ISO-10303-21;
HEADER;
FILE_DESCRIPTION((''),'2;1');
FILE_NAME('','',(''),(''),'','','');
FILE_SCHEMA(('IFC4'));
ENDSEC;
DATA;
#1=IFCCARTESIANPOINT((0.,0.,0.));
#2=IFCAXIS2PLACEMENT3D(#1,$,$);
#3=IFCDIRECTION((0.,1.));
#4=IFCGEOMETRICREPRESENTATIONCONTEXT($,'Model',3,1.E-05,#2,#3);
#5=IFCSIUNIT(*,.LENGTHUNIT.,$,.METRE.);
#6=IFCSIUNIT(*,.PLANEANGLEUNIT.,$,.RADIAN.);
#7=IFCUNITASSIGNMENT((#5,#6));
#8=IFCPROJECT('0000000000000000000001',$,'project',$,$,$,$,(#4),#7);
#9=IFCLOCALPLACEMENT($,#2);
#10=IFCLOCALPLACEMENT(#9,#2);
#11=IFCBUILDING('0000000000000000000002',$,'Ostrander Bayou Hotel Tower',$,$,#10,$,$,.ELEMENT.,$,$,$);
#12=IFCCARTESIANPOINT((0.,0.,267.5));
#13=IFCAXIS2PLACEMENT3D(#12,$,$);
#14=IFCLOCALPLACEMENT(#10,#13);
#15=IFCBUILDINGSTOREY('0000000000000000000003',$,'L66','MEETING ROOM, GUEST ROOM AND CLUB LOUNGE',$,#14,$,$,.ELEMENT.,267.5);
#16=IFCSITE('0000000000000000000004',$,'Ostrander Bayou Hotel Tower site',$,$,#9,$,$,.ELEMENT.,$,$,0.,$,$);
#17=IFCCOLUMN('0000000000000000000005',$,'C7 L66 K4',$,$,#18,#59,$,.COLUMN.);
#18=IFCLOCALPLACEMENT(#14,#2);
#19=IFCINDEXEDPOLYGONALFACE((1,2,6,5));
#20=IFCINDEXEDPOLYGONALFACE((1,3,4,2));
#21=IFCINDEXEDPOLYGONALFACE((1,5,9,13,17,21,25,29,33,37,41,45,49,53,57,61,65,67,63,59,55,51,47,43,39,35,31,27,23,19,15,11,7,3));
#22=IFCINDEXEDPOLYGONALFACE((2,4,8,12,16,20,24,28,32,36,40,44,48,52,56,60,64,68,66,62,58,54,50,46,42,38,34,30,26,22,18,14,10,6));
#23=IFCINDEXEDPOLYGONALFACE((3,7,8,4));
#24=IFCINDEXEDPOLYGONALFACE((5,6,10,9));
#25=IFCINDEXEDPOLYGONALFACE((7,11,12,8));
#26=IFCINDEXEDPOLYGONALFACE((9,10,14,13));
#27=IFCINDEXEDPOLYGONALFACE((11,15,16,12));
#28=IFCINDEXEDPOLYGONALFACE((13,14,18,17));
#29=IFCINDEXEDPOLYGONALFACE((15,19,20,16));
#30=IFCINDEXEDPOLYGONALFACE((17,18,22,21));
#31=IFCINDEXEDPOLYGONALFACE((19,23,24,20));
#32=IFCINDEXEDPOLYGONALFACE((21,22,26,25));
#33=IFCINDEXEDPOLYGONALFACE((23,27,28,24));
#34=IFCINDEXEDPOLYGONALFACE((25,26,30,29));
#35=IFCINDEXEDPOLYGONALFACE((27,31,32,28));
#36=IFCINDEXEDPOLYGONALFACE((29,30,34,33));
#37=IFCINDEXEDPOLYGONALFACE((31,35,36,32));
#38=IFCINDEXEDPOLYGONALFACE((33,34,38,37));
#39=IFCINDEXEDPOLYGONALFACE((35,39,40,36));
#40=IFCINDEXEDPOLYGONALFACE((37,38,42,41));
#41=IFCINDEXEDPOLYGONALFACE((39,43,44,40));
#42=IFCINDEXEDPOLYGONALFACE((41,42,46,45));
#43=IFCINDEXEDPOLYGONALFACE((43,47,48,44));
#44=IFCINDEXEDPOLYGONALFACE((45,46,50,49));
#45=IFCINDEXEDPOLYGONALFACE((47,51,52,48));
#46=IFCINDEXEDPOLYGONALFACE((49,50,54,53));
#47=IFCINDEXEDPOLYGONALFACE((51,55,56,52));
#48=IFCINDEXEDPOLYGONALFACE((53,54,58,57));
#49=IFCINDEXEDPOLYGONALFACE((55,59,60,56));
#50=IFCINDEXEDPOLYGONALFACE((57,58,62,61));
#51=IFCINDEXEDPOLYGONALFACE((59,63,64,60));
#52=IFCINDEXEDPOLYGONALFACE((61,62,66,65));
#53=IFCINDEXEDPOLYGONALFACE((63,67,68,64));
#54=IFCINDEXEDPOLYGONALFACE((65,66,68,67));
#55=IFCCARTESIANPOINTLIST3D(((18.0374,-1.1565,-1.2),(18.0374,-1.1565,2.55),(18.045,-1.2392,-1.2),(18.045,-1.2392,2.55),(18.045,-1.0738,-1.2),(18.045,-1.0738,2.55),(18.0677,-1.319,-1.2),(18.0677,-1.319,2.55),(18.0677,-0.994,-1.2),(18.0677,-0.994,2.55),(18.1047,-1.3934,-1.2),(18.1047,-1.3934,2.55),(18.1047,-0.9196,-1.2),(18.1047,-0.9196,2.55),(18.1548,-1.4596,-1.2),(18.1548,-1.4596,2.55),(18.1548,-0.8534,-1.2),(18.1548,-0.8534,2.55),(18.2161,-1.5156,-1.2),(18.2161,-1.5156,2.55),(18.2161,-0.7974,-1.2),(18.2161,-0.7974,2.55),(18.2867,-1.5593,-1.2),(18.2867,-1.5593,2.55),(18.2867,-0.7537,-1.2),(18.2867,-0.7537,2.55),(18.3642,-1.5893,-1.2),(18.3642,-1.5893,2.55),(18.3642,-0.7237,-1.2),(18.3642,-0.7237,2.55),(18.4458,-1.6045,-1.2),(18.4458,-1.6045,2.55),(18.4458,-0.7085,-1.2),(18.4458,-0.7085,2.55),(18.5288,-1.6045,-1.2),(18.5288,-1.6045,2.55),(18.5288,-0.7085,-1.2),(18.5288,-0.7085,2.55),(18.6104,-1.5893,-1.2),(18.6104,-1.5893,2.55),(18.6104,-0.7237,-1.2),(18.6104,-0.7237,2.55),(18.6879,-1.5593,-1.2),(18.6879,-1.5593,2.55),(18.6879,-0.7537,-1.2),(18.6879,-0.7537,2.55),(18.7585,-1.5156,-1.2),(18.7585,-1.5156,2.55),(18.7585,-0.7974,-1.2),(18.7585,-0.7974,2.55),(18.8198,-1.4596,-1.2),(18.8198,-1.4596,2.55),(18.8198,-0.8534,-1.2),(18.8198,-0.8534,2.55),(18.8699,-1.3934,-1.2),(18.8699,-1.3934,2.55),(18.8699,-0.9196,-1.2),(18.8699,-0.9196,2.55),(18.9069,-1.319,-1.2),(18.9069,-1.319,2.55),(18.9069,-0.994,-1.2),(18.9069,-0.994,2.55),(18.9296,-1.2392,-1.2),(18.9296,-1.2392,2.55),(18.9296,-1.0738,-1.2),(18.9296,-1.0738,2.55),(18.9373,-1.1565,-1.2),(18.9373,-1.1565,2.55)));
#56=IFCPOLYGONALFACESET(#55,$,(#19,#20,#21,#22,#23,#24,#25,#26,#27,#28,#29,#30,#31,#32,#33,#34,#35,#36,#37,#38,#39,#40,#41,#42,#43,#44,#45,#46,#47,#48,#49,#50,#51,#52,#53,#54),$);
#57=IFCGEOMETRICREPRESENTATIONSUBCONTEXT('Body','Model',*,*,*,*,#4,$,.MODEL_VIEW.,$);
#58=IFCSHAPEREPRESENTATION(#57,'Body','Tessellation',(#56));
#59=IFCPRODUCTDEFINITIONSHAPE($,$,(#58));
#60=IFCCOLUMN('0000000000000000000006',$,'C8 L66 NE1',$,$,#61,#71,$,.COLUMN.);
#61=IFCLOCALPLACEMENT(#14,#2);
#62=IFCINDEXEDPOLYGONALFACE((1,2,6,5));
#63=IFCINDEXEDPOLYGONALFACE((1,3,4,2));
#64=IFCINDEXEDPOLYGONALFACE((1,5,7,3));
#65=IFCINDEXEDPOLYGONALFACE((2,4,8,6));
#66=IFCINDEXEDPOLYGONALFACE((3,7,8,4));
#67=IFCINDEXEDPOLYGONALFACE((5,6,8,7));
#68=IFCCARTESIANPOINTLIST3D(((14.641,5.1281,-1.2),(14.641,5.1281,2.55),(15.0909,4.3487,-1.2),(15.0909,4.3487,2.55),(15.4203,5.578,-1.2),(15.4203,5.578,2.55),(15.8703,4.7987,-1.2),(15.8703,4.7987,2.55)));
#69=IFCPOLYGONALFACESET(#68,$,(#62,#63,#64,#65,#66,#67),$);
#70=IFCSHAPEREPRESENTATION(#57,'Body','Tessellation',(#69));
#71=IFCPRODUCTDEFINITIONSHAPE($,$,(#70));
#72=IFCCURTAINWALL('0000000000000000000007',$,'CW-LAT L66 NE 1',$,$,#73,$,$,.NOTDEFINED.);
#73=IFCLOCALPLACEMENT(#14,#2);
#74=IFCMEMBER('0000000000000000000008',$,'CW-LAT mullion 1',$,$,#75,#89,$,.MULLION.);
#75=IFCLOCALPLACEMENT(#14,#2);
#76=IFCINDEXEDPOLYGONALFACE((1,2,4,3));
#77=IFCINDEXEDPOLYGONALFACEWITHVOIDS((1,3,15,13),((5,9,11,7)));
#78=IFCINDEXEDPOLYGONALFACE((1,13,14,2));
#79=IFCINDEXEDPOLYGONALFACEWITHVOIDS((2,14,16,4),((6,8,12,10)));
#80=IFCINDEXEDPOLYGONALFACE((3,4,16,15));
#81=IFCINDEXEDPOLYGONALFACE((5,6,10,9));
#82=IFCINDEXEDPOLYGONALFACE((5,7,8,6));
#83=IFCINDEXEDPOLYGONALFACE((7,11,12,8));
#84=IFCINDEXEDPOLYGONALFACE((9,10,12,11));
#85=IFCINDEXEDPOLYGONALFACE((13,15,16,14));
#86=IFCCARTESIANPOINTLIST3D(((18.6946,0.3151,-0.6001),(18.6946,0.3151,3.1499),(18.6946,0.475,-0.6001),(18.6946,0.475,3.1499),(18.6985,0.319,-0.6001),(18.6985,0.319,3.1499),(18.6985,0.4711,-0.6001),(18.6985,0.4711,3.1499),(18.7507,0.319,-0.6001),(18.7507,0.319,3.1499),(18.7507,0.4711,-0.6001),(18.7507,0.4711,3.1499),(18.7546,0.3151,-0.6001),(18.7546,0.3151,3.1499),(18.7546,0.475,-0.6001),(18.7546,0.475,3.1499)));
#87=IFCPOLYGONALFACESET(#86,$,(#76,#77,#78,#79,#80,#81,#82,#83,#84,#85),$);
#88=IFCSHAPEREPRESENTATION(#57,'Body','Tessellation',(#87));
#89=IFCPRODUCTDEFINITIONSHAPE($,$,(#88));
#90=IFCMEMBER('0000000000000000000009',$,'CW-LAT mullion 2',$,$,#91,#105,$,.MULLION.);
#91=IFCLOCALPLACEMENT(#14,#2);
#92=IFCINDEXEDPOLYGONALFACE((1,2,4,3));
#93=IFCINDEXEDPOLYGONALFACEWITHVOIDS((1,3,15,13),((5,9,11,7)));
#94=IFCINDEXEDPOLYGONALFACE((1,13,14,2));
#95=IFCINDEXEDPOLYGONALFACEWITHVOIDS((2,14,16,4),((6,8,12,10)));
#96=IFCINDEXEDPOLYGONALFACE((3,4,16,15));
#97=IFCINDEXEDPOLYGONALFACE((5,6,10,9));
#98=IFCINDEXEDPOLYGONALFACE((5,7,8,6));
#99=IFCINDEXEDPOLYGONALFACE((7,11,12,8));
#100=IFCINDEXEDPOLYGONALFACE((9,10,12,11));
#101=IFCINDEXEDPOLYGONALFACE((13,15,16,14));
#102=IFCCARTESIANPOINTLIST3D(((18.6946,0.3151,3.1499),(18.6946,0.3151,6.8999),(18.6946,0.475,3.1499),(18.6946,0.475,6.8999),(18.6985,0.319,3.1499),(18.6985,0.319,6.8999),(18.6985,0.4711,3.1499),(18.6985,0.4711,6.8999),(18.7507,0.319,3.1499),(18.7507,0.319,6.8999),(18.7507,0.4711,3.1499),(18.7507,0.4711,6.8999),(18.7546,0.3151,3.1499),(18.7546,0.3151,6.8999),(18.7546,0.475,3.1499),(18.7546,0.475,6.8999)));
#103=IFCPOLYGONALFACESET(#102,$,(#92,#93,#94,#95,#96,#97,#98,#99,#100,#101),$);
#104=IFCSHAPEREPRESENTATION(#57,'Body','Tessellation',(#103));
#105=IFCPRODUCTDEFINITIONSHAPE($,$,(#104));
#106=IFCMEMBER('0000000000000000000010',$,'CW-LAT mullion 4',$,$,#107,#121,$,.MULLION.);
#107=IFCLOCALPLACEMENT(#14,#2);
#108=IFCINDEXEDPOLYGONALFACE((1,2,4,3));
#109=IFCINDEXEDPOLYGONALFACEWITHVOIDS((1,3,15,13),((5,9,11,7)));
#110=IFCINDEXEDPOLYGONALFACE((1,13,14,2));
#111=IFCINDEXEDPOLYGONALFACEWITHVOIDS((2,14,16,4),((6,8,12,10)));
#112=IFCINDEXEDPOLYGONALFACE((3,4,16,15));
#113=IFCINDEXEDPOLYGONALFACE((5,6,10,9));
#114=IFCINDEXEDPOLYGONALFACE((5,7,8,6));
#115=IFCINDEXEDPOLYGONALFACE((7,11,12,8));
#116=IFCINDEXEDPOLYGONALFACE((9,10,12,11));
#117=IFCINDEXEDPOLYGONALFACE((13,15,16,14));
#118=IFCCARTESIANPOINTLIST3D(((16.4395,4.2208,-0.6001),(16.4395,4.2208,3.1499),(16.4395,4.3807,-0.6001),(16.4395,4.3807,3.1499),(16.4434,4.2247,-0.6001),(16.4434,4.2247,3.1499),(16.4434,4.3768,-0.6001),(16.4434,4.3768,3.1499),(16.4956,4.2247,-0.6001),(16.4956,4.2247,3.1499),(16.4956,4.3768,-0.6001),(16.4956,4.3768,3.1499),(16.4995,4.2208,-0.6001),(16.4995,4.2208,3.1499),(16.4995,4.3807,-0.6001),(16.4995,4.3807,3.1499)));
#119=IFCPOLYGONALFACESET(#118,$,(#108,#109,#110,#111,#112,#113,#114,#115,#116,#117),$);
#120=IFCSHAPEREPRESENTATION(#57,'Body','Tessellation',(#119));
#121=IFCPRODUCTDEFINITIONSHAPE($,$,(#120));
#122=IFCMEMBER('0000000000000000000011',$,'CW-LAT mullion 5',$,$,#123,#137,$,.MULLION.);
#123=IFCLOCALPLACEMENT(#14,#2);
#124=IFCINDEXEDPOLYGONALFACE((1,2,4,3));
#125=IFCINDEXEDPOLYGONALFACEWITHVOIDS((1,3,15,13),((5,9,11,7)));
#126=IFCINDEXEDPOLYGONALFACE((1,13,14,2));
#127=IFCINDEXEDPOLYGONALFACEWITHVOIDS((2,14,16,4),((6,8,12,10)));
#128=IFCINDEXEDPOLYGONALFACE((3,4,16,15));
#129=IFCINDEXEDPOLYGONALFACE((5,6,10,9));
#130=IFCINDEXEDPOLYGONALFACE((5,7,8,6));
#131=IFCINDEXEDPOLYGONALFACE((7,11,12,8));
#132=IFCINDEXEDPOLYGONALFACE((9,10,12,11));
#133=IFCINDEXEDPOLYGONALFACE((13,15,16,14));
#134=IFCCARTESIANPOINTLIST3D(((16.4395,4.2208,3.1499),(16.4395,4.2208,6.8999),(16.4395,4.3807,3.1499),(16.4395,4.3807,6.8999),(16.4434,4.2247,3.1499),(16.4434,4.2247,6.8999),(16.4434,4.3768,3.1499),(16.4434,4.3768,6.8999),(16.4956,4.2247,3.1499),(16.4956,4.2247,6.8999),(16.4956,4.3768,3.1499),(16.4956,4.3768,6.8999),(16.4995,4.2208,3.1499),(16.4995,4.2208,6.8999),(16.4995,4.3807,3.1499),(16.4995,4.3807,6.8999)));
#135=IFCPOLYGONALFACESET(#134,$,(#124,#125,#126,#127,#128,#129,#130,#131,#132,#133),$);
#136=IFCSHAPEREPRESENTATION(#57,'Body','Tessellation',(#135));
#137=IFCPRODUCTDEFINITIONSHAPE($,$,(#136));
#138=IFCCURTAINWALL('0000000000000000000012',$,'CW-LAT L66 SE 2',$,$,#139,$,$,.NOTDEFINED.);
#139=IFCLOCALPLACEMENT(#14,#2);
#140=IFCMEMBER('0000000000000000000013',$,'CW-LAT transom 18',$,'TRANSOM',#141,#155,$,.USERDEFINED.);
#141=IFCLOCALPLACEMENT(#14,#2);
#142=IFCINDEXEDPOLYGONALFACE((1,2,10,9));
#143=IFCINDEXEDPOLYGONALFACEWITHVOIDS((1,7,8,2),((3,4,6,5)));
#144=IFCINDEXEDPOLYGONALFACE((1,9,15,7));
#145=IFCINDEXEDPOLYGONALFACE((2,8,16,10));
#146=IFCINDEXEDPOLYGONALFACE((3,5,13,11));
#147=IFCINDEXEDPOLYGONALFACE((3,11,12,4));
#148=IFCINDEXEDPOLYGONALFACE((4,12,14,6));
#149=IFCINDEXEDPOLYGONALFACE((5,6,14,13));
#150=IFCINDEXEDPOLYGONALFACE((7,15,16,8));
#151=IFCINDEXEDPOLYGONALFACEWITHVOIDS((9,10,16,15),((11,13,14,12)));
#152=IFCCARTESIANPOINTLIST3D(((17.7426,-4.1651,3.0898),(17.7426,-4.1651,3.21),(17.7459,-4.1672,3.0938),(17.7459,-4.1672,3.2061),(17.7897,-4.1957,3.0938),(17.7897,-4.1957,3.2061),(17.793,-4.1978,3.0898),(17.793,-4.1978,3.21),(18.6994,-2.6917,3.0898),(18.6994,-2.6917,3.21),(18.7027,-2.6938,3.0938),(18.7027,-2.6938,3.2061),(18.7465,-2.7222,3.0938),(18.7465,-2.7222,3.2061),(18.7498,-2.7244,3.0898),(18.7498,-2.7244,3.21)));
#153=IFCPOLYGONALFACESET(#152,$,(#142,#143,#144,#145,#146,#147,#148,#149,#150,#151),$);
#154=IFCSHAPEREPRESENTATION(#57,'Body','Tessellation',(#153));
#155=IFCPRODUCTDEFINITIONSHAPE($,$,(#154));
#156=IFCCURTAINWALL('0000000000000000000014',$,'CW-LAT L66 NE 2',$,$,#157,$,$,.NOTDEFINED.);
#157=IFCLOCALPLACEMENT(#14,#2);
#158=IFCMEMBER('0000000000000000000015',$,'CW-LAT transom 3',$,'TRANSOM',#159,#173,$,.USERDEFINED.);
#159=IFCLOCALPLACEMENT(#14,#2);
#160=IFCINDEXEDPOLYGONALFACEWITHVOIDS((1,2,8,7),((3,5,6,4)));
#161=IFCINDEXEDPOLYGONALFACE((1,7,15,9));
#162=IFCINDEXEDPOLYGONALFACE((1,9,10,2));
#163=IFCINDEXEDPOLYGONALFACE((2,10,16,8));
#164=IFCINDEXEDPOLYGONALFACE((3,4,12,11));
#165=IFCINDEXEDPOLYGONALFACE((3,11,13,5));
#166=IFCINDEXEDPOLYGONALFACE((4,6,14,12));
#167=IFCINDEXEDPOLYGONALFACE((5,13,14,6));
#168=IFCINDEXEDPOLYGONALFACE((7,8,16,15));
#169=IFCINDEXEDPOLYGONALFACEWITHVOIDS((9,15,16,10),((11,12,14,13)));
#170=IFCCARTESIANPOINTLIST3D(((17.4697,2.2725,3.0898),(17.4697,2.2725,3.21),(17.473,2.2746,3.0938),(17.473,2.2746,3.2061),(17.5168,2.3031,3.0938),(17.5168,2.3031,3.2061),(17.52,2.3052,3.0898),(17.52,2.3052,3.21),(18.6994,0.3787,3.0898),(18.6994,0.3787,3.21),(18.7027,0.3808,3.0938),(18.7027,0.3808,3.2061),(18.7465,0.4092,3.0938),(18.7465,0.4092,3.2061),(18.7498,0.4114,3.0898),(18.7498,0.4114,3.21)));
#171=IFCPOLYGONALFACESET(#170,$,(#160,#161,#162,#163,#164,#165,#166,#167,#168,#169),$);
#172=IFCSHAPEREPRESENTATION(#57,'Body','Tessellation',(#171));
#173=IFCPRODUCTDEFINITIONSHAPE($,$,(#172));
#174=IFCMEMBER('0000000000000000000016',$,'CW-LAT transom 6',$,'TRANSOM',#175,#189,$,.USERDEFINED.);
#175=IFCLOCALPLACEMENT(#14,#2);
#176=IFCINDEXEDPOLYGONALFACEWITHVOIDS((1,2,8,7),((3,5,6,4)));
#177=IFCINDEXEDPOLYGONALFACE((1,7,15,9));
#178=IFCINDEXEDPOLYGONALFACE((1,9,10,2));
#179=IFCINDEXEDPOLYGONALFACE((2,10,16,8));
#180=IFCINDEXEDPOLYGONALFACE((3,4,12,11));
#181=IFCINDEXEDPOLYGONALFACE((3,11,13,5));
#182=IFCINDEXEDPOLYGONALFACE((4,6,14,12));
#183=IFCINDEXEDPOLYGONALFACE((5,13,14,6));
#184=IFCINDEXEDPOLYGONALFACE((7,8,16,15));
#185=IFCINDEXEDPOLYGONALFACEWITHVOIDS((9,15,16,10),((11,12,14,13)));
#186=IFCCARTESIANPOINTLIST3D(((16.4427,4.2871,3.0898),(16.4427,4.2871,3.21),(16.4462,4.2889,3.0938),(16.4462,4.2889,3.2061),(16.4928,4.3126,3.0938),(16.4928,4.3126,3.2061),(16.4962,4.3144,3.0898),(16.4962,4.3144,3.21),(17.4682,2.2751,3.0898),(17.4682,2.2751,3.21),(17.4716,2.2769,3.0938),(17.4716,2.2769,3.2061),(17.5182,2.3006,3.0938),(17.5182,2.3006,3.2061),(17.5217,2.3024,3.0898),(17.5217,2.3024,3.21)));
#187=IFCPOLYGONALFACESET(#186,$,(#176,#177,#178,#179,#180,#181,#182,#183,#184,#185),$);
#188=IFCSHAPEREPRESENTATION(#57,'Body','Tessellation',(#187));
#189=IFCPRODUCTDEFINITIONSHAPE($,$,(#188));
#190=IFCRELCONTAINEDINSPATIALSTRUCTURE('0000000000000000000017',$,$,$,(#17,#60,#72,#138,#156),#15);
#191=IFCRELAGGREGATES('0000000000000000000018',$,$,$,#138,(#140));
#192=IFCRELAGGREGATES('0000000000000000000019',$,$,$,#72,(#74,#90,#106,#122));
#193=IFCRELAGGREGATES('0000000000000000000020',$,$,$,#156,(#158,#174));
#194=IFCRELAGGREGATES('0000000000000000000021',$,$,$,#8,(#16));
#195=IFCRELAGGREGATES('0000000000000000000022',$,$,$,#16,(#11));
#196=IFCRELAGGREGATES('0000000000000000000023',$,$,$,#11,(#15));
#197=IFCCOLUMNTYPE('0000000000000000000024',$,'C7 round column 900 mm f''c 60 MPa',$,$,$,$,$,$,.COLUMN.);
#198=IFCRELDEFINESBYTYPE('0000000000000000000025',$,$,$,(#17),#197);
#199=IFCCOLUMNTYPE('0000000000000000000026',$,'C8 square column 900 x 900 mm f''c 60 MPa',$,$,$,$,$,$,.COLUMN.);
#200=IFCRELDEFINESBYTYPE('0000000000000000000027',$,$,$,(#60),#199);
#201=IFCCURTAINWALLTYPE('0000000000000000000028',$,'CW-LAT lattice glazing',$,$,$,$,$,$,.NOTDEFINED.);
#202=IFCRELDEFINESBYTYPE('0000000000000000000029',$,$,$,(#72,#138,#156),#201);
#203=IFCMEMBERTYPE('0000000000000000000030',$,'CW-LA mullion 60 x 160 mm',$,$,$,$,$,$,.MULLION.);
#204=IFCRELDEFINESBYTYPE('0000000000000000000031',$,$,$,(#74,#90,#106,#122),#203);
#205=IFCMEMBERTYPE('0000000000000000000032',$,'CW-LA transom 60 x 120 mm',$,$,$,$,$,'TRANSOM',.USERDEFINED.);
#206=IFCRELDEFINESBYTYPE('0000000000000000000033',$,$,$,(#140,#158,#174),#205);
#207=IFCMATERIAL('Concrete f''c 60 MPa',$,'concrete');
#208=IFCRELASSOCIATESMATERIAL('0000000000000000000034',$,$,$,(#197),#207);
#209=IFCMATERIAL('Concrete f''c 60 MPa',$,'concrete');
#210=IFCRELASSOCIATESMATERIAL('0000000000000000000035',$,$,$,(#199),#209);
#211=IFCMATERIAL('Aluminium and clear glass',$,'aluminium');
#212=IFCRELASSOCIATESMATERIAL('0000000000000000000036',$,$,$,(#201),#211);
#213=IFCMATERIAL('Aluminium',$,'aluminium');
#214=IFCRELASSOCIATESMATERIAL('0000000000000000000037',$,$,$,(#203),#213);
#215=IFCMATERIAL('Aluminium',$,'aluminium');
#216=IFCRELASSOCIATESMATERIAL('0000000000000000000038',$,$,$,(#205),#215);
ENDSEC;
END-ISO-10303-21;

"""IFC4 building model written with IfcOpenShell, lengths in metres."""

from ifc_helpers import new_model, si_unit, direction, frame, origin, origin_2d, place, context, subcontext, project, spatial, rectangle, hollow_rectangle, circle, extrude, material, material_profile, profile_set, type_object, element, aggregate, save


model = new_model("IFC4")

# Units and contexts
model_context = context("Model", 3, precision=1e-05, world=origin(), true_north=direction((0.0, 1.0)))
body_context = subcontext(model_context, "Body", "Model", "MODEL_VIEW")
ifc_project = project(units=[si_unit("LENGTHUNIT", "METRE"), si_unit("PLANEANGLEUNIT", "RADIAN")], contexts=[model_context])

# Site, building, storey
site_placement = place(None, origin())
site = spatial("IfcSite", under=ifc_project, at=site_placement, Name="Ostrander Bayou Hotel Tower site", CompositionType="ELEMENT", RefElevation=0.0)
building_placement = place(site_placement, origin())
building = spatial("IfcBuilding", under=site, at=building_placement, Name="Ostrander Bayou Hotel Tower", CompositionType="ELEMENT")
storey_placement = place(building_placement, frame((0.0, 0.0, 267.5)))
storey = spatial("IfcBuildingStorey", under=building, at=storey_placement, Name="L66", Description="MEETING ROOM, GUEST ROOM AND CLUB LOUNGE", CompositionType="ELEMENT", Elevation=267.5)

# Columns
ifc_material_1 = material(Name="Concrete f'c 60 MPa", Category="concrete")
ifc_material_profile_1 = material_profile(ifc_material_1, circle(Radius=0.45, at=origin_2d()))
ifc_profile_set_1 = profile_set([ifc_material_profile_1], Name="Concrete f'c 60 MPa")
column_type_1 = type_object("IfcColumnType", Name="C7 round column 900 mm f'c 60 MPa", PredefinedType="COLUMN", material=ifc_profile_set_1)
column_1_placement = place(storey_placement, frame((18.4873, -1.1565, -1.2), z_axis=(0.0, 0.0, 1.0), x_axis=(1.0, 0.0, 0.0)))
element("IfcColumn", 1, at=column_1_placement, inside=storey, type_object=column_type_1, Name="C7 L66 K4", PredefinedType="COLUMN", context=body_context, shape_type="SweptSolid", body=[
    extrude(circle(Radius=0.45, at=origin_2d()), origin(), (0.0, 0.0, 1.0), 3.75),
])
ifc_material_2 = material(Name="Concrete f'c 60 MPa", Category="concrete")
ifc_material_profile_2 = material_profile(ifc_material_2, rectangle(XDim=0.8999, YDim=0.8999, at=origin_2d()))
ifc_profile_set_2 = profile_set([ifc_material_profile_2], Name="Concrete f'c 60 MPa")
column_type_2 = type_object("IfcColumnType", Name="C8 square column 900 x 900 mm f'c 60 MPa", PredefinedType="COLUMN", material=ifc_profile_set_2)
column_2_placement = place(storey_placement, frame((15.2556, 4.9634, -1.2), z_axis=(0.0, 0.0, 1.0), x_axis=(0.5, -0.866025, 0.0)))
element("IfcColumn", 2, at=column_2_placement, inside=storey, type_object=column_type_2, Name="C8 L66 NE1", PredefinedType="COLUMN", context=body_context, shape_type="SweptSolid", body=[
    extrude(rectangle(XDim=0.8999, YDim=0.8999, at=origin_2d()), origin(), (0.0, 0.0, 1.0), 3.75),
])

# Curtain wall, members
ifc_material_3 = material(Name="Aluminium and clear glass", Category="aluminium")
curtain_wall_type = type_object("IfcCurtainWallType", Name="CW-LAT lattice glazing", PredefinedType="NOTDEFINED", material=ifc_material_3)
curtain_wall_1_placement = place(storey_placement, origin())
curtain_wall_1 = element("IfcCurtainWall", 3, at=curtain_wall_1_placement, inside=storey, type_object=curtain_wall_type, Name="CW-LAT L66 NE 1", PredefinedType="NOTDEFINED")
ifc_material_4 = material(Name="Aluminium", Category="aluminium")
ifc_material_profile_3 = material_profile(ifc_material_4, hollow_rectangle(XDim=0.0601, YDim=0.1599, WallThickness=0.0039, at=origin_2d()))
ifc_profile_set_3 = profile_set([ifc_material_profile_3], Name="Aluminium")
member_type_1 = type_object("IfcMemberType", Name="CW-LA mullion 60 x 160 mm", PredefinedType="MULLION", material=ifc_profile_set_3)
member_1_placement = place(storey_placement, frame((18.7246, 0.395, -0.6001), z_axis=(0.0, 0.0, 1.0), x_axis=(1.0, 0.0, 0.0)))
member_1 = element("IfcMember", 4, at=member_1_placement, type_object=member_type_1, Name="CW-LAT mullion 1", PredefinedType="MULLION", context=body_context, shape_type="SweptSolid", body=[
    extrude(hollow_rectangle(XDim=0.0601, YDim=0.1599, WallThickness=0.0039, at=origin_2d()), origin(), (0.0, 0.0, 1.0), 3.75),
])
member_2_placement = place(storey_placement, frame((18.7246, 0.395, 3.1499), z_axis=(0.0, 0.0, 1.0), x_axis=(1.0, 0.0, 0.0)))
member_2 = element("IfcMember", 5, at=member_2_placement, type_object=member_type_1, Name="CW-LAT mullion 2", PredefinedType="MULLION", context=body_context, shape_type="SweptSolid", body=[
    extrude(hollow_rectangle(XDim=0.0601, YDim=0.1599, WallThickness=0.0039, at=origin_2d()), origin(), (0.0, 0.0, 1.0), 3.75),
])
member_3_placement = place(storey_placement, frame((16.4695, 4.3008, -0.6001), z_axis=(0.0, 0.0, 1.0), x_axis=(1.0, 0.0, 0.0)))
member_3 = element("IfcMember", 6, at=member_3_placement, type_object=member_type_1, Name="CW-LAT mullion 4", PredefinedType="MULLION", context=body_context, shape_type="SweptSolid", body=[
    extrude(hollow_rectangle(XDim=0.0601, YDim=0.1599, WallThickness=0.0039, at=origin_2d()), origin(), (0.0, 0.0, 1.0), 3.75),
])
member_4_placement = place(storey_placement, frame((16.4695, 4.3008, 3.1499), z_axis=(0.0, 0.0, 1.0), x_axis=(1.0, 0.0, 0.0)))
member_4 = element("IfcMember", 7, at=member_4_placement, type_object=member_type_1, Name="CW-LAT mullion 5", PredefinedType="MULLION", context=body_context, shape_type="SweptSolid", body=[
    extrude(hollow_rectangle(XDim=0.0601, YDim=0.1599, WallThickness=0.0039, at=origin_2d()), origin(), (0.0, 0.0, 1.0), 3.75),
])

# Curtain wall, member
curtain_wall_2_placement = place(storey_placement, origin())
curtain_wall_2 = element("IfcCurtainWall", 8, at=curtain_wall_2_placement, inside=storey, type_object=curtain_wall_type, Name="CW-LAT L66 SE 2", PredefinedType="NOTDEFINED")
ifc_material_5 = material(Name="Aluminium", Category="aluminium")
ifc_material_profile_4 = material_profile(ifc_material_5, hollow_rectangle(XDim=0.0601, YDim=0.1201, WallThickness=0.0039, at=origin_2d()))
ifc_profile_set_4 = profile_set([ifc_material_profile_4], Name="Aluminium")
member_type_2 = type_object("IfcMemberType", Name="CW-LA transom 60 x 120 mm", ElementType="TRANSOM", PredefinedType="USERDEFINED", material=ifc_profile_set_4)
member_5_placement = place(storey_placement, frame((18.7246, -2.708, 3.1499), z_axis=(-0.544622, -0.838682, 0.0), x_axis=(0.838682, -0.544622, 0.0)))
member_5 = element("IfcMember", 9, at=member_5_placement, type_object=member_type_2, Name="CW-LAT transom 18", ObjectType="TRANSOM", PredefinedType="USERDEFINED", context=body_context, shape_type="SweptSolid", body=[
    extrude(hollow_rectangle(XDim=0.0601, YDim=0.1201, WallThickness=0.0039, at=origin_2d()), origin(), (0.0, 0.0, 1.0), 1.7568),
])
aggregate(curtain_wall_2, [member_5])

# Curtain wall, members
curtain_wall_3_placement = place(storey_placement, origin())
curtain_wall_3 = element("IfcCurtainWall", 10, at=curtain_wall_3_placement, inside=storey, type_object=curtain_wall_type, Name="CW-LAT L66 NE 2", PredefinedType="NOTDEFINED")
member_6_placement = place(storey_placement, frame((18.7246, 0.395, 3.1499), z_axis=(-0.544604, 0.838693, 0.0), x_axis=(-0.838693, -0.544604, 0.0)))
member_6 = element("IfcMember", 11, at=member_6_placement, type_object=member_type_2, Name="CW-LAT transom 3", ObjectType="TRANSOM", PredefinedType="USERDEFINED", context=body_context, shape_type="SweptSolid", body=[
    extrude(hollow_rectangle(XDim=0.0601, YDim=0.1201, WallThickness=0.0039, at=origin_2d()), origin(), (0.0, 0.0, 1.0), 2.2581),
])
member_7_placement = place(storey_placement, frame((16.4695, 4.3008, 3.1499), z_axis=(0.454076, -0.890963, 0.0), x_axis=(0.890963, 0.454076, 0.0)))
member_7 = element("IfcMember", 12, at=member_7_placement, type_object=member_type_2, Name="CW-LAT transom 6", ObjectType="TRANSOM", PredefinedType="USERDEFINED", context=body_context, shape_type="SweptSolid", body=[
    extrude(hollow_rectangle(XDim=0.0601, YDim=0.1201, WallThickness=0.0039, at=origin_2d()), origin(), (0.0, 0.0, 1.0), 2.2583),
])

aggregate(curtain_wall_1, [member_1, member_2, member_3, member_4])
aggregate(curtain_wall_3, [member_6, member_7])

save(model, "model.ifc")
